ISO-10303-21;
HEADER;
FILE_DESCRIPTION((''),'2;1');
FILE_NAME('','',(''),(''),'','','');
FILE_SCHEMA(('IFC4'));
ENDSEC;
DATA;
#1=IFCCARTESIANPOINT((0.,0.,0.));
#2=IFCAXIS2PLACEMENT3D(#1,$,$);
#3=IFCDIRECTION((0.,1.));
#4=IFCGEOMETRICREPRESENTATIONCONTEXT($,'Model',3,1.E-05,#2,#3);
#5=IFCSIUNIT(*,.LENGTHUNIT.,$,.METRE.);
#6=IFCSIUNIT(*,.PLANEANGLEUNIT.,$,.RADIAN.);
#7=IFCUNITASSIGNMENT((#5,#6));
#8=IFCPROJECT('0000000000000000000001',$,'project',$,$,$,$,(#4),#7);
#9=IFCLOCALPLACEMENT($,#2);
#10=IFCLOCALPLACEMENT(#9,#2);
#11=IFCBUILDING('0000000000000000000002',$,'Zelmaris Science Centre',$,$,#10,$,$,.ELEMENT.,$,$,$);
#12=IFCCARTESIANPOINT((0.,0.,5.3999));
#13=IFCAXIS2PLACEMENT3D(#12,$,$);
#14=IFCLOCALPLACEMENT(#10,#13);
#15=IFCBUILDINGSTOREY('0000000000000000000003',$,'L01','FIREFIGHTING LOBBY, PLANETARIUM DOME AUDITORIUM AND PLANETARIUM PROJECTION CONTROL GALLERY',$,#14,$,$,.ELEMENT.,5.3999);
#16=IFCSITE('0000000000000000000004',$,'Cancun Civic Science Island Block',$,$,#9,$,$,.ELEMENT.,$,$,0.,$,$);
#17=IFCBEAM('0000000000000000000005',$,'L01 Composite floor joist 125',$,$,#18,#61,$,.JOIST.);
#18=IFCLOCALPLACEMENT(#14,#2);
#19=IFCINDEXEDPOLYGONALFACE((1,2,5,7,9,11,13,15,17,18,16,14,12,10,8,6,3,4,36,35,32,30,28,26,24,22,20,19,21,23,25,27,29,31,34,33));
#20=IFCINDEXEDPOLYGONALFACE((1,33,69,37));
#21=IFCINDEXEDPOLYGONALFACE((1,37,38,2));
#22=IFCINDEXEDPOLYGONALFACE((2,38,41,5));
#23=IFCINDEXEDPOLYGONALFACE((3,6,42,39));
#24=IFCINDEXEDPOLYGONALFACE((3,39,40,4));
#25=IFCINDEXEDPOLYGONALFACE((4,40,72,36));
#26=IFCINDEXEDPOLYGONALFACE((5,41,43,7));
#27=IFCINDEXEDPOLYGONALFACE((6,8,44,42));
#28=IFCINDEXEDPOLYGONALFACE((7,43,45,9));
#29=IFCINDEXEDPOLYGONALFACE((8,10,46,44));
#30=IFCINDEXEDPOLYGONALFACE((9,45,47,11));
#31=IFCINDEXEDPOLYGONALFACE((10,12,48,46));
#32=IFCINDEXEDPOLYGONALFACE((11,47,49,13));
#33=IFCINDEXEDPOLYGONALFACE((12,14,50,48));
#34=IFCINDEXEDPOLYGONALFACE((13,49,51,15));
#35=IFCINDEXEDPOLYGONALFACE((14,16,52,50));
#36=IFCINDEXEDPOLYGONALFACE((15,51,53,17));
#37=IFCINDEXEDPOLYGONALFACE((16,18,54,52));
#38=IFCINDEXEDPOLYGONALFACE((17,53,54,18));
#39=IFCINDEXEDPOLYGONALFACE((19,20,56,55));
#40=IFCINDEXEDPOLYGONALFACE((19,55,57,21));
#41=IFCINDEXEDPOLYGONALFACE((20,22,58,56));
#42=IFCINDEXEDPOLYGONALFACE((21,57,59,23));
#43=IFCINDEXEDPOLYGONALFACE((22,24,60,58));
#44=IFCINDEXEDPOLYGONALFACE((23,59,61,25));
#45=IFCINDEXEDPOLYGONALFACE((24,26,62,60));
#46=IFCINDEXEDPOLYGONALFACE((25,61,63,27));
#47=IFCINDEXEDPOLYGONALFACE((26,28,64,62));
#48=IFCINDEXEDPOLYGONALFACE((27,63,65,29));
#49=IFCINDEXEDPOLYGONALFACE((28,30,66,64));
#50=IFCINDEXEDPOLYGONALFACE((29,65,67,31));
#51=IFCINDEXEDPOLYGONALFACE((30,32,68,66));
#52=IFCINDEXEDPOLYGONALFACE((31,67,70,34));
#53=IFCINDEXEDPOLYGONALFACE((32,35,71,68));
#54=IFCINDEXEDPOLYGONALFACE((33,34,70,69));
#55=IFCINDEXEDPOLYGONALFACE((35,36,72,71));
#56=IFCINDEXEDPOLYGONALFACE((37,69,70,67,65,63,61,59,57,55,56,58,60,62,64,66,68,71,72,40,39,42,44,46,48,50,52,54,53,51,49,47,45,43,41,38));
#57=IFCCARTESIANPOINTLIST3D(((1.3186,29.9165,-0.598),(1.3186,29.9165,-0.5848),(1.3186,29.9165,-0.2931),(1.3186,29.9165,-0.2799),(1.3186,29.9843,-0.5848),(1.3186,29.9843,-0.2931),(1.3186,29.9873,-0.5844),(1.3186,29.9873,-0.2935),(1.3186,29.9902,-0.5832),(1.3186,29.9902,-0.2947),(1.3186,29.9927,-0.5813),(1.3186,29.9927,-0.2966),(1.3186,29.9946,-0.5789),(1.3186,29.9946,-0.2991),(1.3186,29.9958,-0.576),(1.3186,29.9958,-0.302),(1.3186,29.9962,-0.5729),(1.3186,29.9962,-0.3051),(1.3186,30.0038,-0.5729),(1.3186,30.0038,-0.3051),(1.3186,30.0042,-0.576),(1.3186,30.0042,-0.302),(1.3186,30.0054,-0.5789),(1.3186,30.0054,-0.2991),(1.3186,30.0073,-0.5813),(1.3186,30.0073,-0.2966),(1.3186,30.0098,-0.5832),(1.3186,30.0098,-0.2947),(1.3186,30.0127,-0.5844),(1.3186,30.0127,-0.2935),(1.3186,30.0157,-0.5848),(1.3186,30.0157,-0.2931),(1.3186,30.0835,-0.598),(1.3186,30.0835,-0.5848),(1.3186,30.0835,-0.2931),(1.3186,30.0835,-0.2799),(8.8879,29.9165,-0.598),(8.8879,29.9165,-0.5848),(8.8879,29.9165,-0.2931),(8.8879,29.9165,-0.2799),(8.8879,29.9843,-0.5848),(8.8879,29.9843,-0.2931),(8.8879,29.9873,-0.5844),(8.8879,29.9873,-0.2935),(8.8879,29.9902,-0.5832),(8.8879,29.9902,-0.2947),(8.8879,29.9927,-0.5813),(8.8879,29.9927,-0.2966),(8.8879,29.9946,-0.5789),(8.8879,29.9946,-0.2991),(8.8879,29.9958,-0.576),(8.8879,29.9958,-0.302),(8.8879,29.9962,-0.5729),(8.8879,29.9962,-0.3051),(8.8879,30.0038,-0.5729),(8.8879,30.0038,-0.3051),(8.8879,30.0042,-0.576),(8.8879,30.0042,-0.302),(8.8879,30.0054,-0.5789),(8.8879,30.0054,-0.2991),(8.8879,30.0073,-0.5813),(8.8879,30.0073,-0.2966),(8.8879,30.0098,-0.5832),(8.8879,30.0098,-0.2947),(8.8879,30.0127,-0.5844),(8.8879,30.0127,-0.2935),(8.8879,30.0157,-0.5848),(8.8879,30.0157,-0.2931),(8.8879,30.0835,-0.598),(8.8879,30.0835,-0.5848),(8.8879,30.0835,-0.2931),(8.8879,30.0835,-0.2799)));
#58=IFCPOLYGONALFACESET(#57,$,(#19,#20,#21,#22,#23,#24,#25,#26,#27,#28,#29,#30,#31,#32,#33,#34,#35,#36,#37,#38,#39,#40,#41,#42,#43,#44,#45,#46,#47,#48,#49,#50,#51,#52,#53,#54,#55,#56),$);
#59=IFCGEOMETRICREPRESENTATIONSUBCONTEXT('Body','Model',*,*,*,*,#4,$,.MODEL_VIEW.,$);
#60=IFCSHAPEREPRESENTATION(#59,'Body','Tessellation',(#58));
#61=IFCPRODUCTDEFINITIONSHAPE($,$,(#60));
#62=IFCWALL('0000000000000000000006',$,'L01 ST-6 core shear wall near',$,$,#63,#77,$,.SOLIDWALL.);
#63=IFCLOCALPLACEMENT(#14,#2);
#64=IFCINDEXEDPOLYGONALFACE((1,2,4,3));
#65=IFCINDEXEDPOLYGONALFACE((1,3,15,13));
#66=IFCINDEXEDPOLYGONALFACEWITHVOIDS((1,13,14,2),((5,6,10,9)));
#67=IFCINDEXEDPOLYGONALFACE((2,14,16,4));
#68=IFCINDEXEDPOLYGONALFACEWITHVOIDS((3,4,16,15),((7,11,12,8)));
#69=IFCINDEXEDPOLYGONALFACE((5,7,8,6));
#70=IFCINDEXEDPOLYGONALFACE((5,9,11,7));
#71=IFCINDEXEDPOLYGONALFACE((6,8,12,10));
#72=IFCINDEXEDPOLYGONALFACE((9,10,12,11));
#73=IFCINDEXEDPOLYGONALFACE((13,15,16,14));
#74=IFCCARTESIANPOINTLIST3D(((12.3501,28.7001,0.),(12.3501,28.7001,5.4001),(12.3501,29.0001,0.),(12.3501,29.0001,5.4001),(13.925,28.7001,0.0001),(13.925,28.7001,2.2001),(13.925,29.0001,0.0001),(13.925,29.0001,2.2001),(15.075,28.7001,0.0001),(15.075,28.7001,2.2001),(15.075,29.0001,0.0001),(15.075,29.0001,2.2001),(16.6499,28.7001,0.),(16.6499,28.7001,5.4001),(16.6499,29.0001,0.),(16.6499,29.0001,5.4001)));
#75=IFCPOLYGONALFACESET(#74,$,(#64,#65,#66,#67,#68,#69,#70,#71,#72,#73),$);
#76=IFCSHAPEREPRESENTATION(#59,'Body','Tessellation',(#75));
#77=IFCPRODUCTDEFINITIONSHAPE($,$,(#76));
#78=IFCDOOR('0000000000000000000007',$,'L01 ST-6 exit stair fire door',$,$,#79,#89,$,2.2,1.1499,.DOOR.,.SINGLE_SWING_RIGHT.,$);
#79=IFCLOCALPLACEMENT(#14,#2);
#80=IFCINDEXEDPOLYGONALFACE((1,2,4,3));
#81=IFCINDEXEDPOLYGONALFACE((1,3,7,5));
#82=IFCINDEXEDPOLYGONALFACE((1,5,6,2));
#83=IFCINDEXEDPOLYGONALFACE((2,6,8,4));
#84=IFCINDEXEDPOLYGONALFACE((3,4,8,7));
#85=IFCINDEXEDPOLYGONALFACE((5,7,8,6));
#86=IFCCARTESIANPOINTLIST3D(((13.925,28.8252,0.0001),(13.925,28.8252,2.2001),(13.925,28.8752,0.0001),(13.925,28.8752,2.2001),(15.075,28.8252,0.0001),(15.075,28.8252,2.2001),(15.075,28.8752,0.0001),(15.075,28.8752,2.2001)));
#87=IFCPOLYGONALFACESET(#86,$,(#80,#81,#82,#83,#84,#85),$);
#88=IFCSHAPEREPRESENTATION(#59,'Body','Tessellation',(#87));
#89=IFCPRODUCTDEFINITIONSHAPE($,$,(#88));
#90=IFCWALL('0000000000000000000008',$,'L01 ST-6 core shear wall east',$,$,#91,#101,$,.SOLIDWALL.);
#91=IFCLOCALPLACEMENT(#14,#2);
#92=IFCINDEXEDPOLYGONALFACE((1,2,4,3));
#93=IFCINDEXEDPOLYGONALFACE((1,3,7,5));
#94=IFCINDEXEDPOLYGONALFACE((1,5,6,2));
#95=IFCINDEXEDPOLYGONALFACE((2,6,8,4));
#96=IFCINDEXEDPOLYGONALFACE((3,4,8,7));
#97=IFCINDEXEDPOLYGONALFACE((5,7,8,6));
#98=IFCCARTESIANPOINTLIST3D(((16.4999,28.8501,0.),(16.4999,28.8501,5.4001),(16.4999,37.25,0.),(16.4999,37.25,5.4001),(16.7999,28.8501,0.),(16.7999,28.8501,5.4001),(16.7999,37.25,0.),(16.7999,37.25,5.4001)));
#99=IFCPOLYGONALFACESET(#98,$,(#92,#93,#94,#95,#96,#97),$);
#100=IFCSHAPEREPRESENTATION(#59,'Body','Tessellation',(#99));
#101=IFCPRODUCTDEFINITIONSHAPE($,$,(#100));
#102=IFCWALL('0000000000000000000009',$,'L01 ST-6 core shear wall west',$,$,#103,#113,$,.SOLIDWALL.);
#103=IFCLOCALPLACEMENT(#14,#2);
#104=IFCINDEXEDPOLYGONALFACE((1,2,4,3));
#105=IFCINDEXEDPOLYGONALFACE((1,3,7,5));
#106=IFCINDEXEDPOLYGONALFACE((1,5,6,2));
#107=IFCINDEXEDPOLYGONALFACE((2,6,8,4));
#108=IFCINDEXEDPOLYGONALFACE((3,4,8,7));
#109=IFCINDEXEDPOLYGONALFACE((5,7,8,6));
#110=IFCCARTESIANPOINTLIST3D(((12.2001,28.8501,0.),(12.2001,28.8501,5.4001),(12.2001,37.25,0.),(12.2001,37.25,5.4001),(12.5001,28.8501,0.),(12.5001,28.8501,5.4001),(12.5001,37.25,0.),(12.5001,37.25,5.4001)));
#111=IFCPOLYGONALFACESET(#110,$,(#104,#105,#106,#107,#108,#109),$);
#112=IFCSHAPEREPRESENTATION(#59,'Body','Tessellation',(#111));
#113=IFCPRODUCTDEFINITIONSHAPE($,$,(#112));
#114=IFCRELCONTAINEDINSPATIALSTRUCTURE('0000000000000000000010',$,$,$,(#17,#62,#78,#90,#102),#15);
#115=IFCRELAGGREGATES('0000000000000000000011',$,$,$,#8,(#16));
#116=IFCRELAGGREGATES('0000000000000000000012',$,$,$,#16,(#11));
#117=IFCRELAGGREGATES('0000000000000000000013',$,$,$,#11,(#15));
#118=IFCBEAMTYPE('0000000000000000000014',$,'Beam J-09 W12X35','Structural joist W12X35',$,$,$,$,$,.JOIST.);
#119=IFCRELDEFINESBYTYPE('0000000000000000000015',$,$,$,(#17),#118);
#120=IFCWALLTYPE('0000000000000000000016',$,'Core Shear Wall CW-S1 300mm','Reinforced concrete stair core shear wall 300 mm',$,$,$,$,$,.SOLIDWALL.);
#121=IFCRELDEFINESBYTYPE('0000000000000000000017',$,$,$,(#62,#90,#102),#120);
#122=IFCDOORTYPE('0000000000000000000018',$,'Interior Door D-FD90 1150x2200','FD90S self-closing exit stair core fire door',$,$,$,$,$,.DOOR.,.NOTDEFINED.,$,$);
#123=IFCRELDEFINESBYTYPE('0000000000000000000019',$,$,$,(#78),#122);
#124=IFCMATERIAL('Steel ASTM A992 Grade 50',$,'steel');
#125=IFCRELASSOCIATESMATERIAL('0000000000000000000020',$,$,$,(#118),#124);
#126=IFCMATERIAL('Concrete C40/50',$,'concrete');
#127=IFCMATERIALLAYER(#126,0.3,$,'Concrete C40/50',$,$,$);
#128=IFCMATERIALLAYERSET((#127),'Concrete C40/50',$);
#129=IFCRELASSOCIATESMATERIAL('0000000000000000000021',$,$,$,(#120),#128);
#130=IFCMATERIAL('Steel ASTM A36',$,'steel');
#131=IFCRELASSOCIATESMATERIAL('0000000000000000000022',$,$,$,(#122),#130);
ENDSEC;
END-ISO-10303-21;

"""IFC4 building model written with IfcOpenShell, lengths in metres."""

from ifc_helpers import new_model, si_unit, direction, frame, frame_2d, origin, origin_2d, place, context, subcontext, project, spatial, rectangle, i_section, extrude, material, layer, layer_set, material_profile, profile_set, type_object, element, fill, save


model = new_model("IFC4")

# Units and contexts
model_context = context("Model", 3, precision=1e-05, world=origin(), true_north=direction((0.0, 1.0)))
body_context = subcontext(model_context, "Body", "Model", "MODEL_VIEW")
ifc_project = project(units=[si_unit("LENGTHUNIT", "METRE"), si_unit("PLANEANGLEUNIT", "RADIAN")], contexts=[model_context])

# Site, building, storey
site_placement = place(None, origin())
site = spatial("IfcSite", under=ifc_project, at=site_placement, Name="Cancun Civic Science Island Block", CompositionType="ELEMENT", RefElevation=0.0)
building_placement = place(site_placement, origin())
building = spatial("IfcBuilding", under=site, at=building_placement, Name="Zelmaris Science Centre", CompositionType="ELEMENT")
storey_placement = place(building_placement, frame((0.0, 0.0, 5.3999)))
storey = spatial("IfcBuildingStorey", under=building, at=storey_placement, Name="L01", Description="FIREFIGHTING LOBBY, PLANETARIUM DOME AUDITORIUM AND PLANETARIUM PROJECTION CONTROL GALLERY", CompositionType="ELEMENT", Elevation=5.3999)

# Shared definitions
ifc_material_1 = material(Name="Steel ASTM A992 Grade 50", Category="steel")

# Beam
ifc_material_profile_1 = material_profile(ifc_material_1, i_section(OverallWidth=0.167, OverallDepth=0.3181, WebThickness=0.0076, FlangeThickness=0.0132, FilletRadius=0.012, at=origin_2d()), Name="W12X35")
ifc_profile_set_1 = profile_set([ifc_material_profile_1], Name="Steel ASTM A992 Grade 50")
beam_type_1 = type_object("IfcBeamType", Name="Beam J-09 W12X35", Description="Structural joist W12X35", PredefinedType="JOIST", material=ifc_profile_set_1)
beam_1_placement = place(storey_placement, frame((1.3186, 30.0, -0.439), z_axis=(1.0, 0.0, 0.0), x_axis=(0.0, 1.0, 0.0)))
element("IfcBeam", 1, at=beam_1_placement, inside=storey, type_object=beam_type_1, Name="L01 Composite floor joist 125", PredefinedType="JOIST", context=body_context, shape_type="SweptSolid", body=[
    extrude(i_section(OverallWidth=0.167, OverallDepth=0.3181, WebThickness=0.0076, FlangeThickness=0.0132, FilletRadius=0.012, at=origin_2d()), origin(), (0.0, 0.0, 1.0), 7.5693),
])

# Wall, opening, door
ifc_material_2 = material(Name="Concrete C40/50", Category="concrete")
ifc_layer = layer(ifc_material_2, 0.3, Name="Concrete C40/50")
ifc_layer_set = layer_set([ifc_layer], Name="Concrete C40/50")
wall_type = type_object("IfcWallType", Name="Core Shear Wall CW-S1 300mm", Description="Reinforced concrete stair core shear wall 300 mm", PredefinedType="SOLIDWALL", material=ifc_layer_set)
wall_placement = place(storey_placement, frame((16.6499, 28.8501, 0.0), z_axis=(0.0, 0.0, 1.0), x_axis=(-1.0, 0.0, 0.0)))
wall = element("IfcWall", 2, at=wall_placement, inside=storey, type_object=wall_type, Name="L01 ST-6 core shear wall near", PredefinedType="SOLIDWALL", context=body_context, shape_type="SweptSolid", body=[
    extrude(rectangle(XDim=4.2998, YDim=0.3, at=frame_2d((2.1499, 0.0))), origin(), (0.0, 0.0, 1.0), 5.4001),
])
opening_placement = place(wall_placement, frame((1.575, 0.0, 0.0)))
opening = element("IfcOpeningElement", 3, at=opening_placement, cuts=wall, PredefinedType="OPENING", context=body_context, shape_type="SweptSolid", body=[
    extrude(rectangle(XDim=1.1499, YDim=2.2, at=frame_2d((0.575, 1.1001))), frame((0.0, 0.1599, 0.0), z_axis=(0.0, -1.0, 0.0), x_axis=(1.0, 0.0, 0.0)), (0.0, 0.0, 1.0), 0.3201),
])
ifc_material_3 = material(Name="Steel ASTM A36", Category="steel")
door_type = type_object("IfcDoorType", Name="Interior Door D-FD90 1150x2200", Description="FD90S self-closing exit stair core fire door", OperationType="NOTDEFINED", PredefinedType="DOOR", material=ifc_material_3)
door_placement = place(opening_placement, origin())
door = element("IfcDoor", 4, at=door_placement, inside=storey, type_object=door_type, Name="L01 ST-6 exit stair fire door", OperationType="SINGLE_SWING_RIGHT", OverallHeight=2.2, OverallWidth=1.1499, PredefinedType="DOOR", context=body_context, shape_type="SweptSolid", body=[
    extrude(rectangle(XDim=1.1499, YDim=2.2, at=frame_2d((0.575, 1.1001))), frame((0.0, 0.0249, 0.0), z_axis=(0.0, -1.0, 0.0), x_axis=(1.0, 0.0, 0.0)), (0.0, 0.0, 1.0), 0.05),
])
fill(opening, door)

# Walls
for number, where, z_axis, x_axis, name in (
    (5, (16.6499, 28.8501, 0.0), (0.0, 0.0, 1.0), (0.0, 1.0, 0.0), "L01 ST-6 core shear wall east"),
    (6, (12.3501, 28.8501, 0.0), (0.0, 0.0, 1.0), (0.0, 1.0, 0.0), "L01 ST-6 core shear wall west"),
):
    element("IfcWall", number, at=place(storey_placement, frame(where, z_axis=z_axis, x_axis=x_axis)), inside=storey, type_object=wall_type, Name=name, PredefinedType="SOLIDWALL", context=body_context, shape_type="SweptSolid", body=[
        extrude(rectangle(XDim=8.3999, YDim=0.3, at=frame_2d((4.2, 0.0))), origin(), (0.0, 0.0, 1.0), 5.4001),
    ])

save(model, "model.ifc")
